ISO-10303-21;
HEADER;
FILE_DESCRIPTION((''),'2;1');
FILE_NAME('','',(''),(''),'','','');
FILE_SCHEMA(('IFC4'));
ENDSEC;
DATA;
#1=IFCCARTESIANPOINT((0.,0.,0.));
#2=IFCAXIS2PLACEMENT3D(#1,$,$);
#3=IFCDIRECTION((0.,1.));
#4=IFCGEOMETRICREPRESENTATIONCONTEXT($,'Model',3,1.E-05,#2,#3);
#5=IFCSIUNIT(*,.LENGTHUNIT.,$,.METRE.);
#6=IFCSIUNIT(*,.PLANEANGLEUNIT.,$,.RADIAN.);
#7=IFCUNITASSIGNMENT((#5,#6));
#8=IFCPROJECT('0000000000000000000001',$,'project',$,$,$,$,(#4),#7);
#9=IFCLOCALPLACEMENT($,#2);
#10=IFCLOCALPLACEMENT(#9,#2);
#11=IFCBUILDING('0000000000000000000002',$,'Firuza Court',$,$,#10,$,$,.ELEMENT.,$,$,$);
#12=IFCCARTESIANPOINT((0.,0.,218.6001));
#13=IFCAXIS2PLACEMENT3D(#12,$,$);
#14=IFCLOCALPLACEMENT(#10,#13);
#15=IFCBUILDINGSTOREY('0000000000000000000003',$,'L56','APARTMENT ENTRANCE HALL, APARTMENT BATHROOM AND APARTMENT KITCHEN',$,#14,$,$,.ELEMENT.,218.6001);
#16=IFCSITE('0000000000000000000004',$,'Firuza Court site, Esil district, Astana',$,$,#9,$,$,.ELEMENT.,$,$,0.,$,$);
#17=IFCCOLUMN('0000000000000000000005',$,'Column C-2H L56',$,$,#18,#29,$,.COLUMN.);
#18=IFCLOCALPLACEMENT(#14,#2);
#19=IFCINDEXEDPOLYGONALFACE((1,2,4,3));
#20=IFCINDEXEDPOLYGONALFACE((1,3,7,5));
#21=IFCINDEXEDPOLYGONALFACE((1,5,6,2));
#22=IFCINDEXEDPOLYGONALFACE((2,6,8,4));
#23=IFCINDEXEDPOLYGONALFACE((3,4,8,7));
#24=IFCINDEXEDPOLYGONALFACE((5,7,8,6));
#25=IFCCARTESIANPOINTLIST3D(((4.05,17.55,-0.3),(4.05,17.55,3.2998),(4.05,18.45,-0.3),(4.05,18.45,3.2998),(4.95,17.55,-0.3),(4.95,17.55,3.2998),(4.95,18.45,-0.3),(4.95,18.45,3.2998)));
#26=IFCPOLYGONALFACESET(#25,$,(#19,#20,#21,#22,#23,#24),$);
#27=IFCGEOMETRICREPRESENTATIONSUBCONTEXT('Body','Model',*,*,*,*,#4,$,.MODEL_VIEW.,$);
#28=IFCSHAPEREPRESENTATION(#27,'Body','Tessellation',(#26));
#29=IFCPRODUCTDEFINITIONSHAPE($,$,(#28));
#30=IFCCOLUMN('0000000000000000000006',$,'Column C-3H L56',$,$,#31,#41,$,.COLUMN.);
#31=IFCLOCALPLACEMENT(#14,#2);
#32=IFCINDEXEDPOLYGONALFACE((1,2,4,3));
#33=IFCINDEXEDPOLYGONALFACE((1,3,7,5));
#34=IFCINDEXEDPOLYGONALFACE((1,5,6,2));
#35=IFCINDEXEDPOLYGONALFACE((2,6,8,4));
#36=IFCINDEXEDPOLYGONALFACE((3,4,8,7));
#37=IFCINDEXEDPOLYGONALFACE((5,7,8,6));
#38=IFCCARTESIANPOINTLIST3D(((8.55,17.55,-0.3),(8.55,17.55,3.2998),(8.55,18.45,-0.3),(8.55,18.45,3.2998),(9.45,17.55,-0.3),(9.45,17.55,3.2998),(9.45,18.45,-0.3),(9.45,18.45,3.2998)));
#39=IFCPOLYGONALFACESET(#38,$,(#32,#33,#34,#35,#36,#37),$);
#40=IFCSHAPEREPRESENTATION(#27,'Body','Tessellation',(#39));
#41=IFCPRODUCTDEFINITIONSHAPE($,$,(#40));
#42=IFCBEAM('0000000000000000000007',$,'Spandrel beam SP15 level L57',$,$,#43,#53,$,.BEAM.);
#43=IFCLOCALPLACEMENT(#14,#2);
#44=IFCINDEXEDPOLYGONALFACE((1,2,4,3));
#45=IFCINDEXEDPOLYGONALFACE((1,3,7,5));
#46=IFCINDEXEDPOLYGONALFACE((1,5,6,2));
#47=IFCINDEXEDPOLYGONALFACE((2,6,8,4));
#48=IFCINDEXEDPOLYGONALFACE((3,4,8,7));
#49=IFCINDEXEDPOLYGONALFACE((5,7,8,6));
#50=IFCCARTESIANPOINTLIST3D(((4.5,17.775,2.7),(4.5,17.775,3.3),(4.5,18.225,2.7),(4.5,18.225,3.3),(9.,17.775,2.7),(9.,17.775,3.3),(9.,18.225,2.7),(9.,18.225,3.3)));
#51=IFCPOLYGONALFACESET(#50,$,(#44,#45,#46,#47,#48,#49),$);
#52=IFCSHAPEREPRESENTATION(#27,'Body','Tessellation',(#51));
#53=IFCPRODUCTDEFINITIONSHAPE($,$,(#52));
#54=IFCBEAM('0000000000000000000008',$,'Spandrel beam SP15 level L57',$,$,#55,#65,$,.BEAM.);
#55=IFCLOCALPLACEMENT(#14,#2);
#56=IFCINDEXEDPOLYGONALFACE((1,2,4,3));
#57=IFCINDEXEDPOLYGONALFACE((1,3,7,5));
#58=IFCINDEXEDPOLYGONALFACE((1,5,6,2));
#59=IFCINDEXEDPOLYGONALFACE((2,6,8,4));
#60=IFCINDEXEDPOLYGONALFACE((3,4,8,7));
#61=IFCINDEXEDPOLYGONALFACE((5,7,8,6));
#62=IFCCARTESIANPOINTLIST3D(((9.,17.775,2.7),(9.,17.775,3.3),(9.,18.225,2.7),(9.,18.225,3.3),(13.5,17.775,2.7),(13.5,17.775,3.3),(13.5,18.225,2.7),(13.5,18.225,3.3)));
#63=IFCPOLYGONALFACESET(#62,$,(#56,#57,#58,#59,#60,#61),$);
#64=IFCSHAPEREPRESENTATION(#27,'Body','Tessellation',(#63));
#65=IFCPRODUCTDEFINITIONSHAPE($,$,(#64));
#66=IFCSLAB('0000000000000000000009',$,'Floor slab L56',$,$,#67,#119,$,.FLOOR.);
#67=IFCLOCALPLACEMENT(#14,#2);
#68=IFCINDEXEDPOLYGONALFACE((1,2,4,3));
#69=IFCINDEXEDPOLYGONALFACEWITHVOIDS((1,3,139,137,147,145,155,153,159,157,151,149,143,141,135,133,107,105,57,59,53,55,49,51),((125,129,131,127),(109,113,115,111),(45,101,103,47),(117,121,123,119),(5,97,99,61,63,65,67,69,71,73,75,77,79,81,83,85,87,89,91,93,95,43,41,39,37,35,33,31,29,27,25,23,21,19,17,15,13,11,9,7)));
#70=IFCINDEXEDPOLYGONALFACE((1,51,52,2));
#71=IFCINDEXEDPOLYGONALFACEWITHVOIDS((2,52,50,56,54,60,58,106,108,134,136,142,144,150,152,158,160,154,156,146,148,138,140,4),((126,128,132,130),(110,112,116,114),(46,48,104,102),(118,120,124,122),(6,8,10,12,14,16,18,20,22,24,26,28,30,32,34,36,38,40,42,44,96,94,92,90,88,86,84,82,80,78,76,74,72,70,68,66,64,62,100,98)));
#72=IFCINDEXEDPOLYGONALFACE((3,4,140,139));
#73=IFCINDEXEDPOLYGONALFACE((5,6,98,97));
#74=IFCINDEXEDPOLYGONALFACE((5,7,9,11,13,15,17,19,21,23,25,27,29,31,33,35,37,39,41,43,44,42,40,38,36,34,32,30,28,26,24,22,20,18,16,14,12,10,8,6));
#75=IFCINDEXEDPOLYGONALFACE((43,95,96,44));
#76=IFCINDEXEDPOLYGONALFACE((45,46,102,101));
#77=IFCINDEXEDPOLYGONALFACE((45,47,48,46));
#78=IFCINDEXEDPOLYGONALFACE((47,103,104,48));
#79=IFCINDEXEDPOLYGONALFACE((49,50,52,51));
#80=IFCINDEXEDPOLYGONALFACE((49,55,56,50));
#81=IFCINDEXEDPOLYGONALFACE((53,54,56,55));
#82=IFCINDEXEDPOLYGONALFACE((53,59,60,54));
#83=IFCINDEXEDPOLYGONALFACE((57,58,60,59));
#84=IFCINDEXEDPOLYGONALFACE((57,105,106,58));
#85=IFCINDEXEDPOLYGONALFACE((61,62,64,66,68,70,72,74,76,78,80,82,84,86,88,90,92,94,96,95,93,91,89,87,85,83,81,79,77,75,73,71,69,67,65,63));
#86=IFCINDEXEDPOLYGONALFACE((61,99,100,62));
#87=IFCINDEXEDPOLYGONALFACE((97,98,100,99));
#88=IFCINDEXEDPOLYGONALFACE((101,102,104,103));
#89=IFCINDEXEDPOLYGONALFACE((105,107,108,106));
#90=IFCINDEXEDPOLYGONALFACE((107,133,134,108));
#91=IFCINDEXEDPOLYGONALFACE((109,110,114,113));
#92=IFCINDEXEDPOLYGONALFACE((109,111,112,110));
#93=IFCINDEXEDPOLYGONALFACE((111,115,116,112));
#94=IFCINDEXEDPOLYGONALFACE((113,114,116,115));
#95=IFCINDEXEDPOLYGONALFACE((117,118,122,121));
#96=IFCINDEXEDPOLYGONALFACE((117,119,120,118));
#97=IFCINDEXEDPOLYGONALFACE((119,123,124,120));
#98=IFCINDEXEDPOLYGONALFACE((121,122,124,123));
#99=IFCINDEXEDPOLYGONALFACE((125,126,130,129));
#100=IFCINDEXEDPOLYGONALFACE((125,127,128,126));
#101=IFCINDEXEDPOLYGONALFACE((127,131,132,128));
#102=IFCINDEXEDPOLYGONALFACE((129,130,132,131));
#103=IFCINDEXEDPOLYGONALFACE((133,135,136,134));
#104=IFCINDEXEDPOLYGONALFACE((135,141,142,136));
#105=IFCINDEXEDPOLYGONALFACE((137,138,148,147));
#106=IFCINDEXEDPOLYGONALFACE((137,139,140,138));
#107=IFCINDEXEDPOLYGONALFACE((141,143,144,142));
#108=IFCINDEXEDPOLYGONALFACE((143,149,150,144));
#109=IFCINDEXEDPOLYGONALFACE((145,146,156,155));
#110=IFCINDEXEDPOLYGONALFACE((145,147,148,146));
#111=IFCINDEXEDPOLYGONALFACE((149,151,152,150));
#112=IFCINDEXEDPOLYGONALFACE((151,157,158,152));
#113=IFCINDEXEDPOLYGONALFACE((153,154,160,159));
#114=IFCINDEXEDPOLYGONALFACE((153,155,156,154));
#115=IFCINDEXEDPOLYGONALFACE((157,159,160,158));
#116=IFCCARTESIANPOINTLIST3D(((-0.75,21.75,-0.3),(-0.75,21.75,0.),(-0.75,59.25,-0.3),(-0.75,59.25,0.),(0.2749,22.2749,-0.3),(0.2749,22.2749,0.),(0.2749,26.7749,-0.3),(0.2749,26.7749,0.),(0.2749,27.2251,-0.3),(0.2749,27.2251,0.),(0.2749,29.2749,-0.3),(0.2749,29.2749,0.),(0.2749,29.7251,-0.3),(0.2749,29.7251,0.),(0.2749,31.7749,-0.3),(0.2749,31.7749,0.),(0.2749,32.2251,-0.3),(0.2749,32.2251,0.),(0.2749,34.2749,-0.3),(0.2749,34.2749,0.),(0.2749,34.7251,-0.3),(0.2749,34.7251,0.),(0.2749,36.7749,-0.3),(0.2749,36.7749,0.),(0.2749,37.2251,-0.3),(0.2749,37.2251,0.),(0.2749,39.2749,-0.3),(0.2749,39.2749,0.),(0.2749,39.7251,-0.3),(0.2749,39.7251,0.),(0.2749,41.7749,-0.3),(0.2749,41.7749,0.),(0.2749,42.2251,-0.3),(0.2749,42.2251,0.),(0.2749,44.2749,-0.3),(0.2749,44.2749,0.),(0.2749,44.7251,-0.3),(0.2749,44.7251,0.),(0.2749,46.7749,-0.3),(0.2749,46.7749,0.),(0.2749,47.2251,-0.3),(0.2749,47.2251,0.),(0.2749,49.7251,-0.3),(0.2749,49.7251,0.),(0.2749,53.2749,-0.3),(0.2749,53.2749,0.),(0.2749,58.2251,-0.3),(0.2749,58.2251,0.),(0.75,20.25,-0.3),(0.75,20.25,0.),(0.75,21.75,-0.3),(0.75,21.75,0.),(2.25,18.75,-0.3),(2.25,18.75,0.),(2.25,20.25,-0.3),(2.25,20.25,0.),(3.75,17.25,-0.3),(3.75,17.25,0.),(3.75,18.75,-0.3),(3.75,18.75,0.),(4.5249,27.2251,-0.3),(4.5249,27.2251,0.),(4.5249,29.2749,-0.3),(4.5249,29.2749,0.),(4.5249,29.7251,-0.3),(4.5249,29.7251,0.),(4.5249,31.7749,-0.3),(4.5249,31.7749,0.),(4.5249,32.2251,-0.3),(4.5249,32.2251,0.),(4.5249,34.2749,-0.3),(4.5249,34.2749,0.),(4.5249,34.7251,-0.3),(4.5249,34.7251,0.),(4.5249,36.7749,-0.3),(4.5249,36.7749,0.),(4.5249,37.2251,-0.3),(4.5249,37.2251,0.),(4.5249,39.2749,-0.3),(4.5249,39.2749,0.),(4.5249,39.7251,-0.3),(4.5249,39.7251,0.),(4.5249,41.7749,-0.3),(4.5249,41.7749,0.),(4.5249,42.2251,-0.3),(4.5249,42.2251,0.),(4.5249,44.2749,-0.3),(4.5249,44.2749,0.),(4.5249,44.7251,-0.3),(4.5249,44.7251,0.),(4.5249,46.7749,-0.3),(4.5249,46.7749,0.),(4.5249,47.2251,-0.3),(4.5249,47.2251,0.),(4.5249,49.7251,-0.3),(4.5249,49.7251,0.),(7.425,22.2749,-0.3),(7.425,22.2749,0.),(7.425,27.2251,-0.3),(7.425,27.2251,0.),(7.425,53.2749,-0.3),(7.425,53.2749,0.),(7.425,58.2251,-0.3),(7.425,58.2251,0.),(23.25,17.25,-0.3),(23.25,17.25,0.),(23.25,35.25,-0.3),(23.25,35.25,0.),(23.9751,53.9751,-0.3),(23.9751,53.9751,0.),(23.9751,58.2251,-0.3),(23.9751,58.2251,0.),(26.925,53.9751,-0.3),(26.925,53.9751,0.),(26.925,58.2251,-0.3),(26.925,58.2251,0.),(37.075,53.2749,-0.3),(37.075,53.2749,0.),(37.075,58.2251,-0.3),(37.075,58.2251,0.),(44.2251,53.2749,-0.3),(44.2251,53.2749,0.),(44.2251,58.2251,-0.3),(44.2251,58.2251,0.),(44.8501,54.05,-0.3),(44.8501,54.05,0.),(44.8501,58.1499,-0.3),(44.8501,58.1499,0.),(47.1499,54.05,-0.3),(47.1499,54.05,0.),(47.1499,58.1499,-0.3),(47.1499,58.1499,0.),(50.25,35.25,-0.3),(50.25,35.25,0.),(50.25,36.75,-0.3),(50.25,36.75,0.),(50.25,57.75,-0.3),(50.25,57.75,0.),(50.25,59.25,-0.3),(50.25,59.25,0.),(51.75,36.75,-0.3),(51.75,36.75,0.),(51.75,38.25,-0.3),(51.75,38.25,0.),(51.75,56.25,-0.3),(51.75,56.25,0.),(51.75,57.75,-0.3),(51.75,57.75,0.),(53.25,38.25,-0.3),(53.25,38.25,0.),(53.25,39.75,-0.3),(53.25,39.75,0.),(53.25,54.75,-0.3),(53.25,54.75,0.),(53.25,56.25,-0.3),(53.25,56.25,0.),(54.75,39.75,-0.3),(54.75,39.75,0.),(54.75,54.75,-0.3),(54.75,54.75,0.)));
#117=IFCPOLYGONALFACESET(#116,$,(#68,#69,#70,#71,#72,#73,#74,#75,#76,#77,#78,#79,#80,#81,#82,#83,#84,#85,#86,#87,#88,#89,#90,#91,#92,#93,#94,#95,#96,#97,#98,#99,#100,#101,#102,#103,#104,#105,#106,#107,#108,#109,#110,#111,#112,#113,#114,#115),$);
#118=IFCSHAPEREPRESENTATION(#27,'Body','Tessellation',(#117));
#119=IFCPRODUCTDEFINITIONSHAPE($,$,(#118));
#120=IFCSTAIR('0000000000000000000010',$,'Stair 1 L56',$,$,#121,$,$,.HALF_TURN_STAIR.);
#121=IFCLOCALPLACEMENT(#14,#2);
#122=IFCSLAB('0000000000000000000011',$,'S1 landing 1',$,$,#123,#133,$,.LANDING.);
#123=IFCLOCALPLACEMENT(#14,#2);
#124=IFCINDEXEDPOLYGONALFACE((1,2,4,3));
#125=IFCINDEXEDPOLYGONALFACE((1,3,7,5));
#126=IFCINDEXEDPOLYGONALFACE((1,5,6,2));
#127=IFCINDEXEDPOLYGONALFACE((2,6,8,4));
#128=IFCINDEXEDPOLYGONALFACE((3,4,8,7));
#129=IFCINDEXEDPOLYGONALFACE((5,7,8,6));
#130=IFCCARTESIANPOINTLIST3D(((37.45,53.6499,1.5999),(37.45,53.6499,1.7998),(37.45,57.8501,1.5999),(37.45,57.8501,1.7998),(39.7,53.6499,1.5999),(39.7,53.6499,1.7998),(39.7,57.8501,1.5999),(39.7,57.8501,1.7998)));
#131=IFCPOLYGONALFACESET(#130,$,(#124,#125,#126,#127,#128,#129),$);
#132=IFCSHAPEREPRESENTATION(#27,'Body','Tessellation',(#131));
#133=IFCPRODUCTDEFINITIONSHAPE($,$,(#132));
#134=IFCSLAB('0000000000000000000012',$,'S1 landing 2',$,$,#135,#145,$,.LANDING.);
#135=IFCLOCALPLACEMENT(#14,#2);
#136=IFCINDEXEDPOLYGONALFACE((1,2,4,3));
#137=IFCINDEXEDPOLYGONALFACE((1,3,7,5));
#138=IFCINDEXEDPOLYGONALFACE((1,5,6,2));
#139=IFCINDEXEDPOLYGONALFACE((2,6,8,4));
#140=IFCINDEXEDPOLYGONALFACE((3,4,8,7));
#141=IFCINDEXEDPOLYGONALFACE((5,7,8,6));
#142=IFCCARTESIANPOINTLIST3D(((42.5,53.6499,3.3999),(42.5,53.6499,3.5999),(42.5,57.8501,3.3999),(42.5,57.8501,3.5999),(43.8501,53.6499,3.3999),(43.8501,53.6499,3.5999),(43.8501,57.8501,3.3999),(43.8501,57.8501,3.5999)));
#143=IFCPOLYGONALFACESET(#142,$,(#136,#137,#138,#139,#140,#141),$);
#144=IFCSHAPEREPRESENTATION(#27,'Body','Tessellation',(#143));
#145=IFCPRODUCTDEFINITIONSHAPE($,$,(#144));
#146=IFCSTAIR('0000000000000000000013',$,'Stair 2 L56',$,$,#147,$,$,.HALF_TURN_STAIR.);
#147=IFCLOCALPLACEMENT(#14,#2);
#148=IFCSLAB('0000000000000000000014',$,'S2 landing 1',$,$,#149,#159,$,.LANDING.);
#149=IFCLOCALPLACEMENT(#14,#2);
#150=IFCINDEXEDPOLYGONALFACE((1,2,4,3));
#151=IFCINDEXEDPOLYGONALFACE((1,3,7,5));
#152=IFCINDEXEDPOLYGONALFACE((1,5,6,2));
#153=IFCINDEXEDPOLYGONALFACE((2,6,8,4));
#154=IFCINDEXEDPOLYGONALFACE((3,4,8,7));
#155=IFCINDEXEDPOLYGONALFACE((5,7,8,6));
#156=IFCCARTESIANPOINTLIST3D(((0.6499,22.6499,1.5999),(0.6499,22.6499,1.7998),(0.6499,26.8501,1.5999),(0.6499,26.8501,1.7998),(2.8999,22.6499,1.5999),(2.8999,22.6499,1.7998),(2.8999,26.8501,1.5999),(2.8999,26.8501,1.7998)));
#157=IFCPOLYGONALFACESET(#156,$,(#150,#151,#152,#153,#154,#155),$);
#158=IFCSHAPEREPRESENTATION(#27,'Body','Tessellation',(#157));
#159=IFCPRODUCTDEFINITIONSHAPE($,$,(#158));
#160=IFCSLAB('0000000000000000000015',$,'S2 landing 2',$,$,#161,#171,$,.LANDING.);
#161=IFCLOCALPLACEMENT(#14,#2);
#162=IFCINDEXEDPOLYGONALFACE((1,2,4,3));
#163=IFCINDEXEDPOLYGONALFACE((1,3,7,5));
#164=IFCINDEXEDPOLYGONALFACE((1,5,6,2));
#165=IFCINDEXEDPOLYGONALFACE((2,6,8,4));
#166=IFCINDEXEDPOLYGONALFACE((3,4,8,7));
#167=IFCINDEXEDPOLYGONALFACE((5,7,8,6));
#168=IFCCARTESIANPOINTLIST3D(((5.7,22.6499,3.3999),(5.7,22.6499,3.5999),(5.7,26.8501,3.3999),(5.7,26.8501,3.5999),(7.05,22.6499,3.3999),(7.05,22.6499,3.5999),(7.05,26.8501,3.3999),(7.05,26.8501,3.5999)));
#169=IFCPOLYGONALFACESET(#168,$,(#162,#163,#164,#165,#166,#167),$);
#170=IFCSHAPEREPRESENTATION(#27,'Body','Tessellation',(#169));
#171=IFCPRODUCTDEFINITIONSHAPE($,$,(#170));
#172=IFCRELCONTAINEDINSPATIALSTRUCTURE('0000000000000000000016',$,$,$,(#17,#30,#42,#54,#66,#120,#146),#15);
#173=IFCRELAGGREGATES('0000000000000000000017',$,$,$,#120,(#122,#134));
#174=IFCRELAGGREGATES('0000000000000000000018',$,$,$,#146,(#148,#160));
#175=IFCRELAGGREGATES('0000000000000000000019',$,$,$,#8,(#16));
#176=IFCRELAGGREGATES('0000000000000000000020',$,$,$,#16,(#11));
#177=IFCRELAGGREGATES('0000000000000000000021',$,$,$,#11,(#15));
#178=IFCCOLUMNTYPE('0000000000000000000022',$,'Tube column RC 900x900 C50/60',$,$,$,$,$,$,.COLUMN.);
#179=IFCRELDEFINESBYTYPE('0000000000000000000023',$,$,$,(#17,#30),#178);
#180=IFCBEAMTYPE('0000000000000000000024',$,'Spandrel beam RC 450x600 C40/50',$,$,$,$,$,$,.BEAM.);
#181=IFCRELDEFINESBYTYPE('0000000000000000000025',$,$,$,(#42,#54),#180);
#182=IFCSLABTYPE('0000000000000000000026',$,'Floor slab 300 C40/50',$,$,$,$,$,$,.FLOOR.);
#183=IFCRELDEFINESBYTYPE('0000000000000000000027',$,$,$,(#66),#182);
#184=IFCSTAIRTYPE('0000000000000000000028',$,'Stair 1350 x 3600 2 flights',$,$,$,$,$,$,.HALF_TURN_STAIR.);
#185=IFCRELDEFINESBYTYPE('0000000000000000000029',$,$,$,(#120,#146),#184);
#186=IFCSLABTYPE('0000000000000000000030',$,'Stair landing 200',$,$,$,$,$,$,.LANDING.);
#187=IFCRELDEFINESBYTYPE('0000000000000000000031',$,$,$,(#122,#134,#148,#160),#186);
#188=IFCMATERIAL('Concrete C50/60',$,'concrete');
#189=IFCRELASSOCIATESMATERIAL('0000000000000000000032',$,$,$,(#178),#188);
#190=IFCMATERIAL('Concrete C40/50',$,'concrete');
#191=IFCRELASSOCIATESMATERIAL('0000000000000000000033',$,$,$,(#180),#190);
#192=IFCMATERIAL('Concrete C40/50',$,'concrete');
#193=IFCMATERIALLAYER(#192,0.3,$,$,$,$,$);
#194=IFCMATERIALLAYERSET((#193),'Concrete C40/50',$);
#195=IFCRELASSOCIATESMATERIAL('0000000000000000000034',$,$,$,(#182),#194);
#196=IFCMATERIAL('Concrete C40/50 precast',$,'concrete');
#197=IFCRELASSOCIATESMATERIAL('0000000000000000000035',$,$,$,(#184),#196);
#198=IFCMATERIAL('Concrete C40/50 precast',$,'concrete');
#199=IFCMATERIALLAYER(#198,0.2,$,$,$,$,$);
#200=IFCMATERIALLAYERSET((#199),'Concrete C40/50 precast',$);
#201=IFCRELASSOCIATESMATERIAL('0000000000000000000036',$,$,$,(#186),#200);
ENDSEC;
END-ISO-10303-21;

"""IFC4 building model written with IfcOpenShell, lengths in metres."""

from ifc_helpers import new_model, si_unit, direction, frame, origin, origin_2d, place, context, subcontext, project, spatial, polyline, rectangle, outline, extrude, material, layer, layer_set, material_profile, profile_set, type_object, element, aggregate, save


model = new_model("IFC4")

# Units and contexts
model_context = context("Model", 3, precision=1e-05, world=origin(), true_north=direction((0.0, 1.0)))
body_context = subcontext(model_context, "Body", "Model", "MODEL_VIEW")
ifc_project = project(units=[si_unit("LENGTHUNIT", "METRE"), si_unit("PLANEANGLEUNIT", "RADIAN")], contexts=[model_context])

# Site, building, storey
site_placement = place(None, origin())
site = spatial("IfcSite", under=ifc_project, at=site_placement, Name="Firuza Court site, Esil district, Astana", CompositionType="ELEMENT", RefElevation=0.0)
building_placement = place(site_placement, origin())
building = spatial("IfcBuilding", under=site, at=building_placement, Name="Firuza Court", CompositionType="ELEMENT")
storey_placement = place(building_placement, frame((0.0, 0.0, 218.6001)))
storey = spatial("IfcBuildingStorey", under=building, at=storey_placement, Name="L56", Description="APARTMENT ENTRANCE HALL, APARTMENT BATHROOM AND APARTMENT KITCHEN", CompositionType="ELEMENT", Elevation=218.6001)

# Columns
ifc_material_1 = material(Name="Concrete C50/60", Category="concrete")
ifc_material_profile_1 = material_profile(ifc_material_1, rectangle(XDim=0.8999, YDim=0.8999, at=origin_2d()), Name="RC 900x900")
ifc_profile_set_1 = profile_set([ifc_material_profile_1], Name="Concrete C50/60")
column_type = type_object("IfcColumnType", Name="Tube column RC 900x900 C50/60", PredefinedType="COLUMN", material=ifc_profile_set_1)
for number, where, z_axis, x_axis, name in (
    (1, (4.5, 18.0, -0.3), (0.0, 0.0, 1.0), (1.0, 0.0, 0.0), "Column C-2H L56"),
    (2, (9.0, 18.0, -0.3), (0.0, 0.0, 1.0), (1.0, 0.0, 0.0), "Column C-3H L56"),
):
    element("IfcColumn", number, at=place(storey_placement, frame(where, z_axis=z_axis, x_axis=x_axis)), inside=storey, type_object=column_type, Name=name, PredefinedType="COLUMN", context=body_context, shape_type="SweptSolid", body=[
        extrude(rectangle(XDim=0.8999, YDim=0.8999, at=origin_2d()), origin(), (0.0, 0.0, 1.0), 3.5999),
    ])

# Beams
ifc_material_2 = material(Name="Concrete C40/50", Category="concrete")
ifc_material_profile_2 = material_profile(ifc_material_2, rectangle(XDim=0.45, YDim=0.6001, at=origin_2d()), Name="RC 450x600")
ifc_profile_set_2 = profile_set([ifc_material_profile_2], Name="Concrete C40/50")
beam_type = type_object("IfcBeamType", Name="Spandrel beam RC 450x600 C40/50", PredefinedType="BEAM", material=ifc_profile_set_2)
for number, where, z_axis, x_axis, name in (
    (3, (4.5, 18.0, 3.0), (1.0, 0.0, 0.0), (0.0, 1.0, 0.0), "Spandrel beam SP15 level L57"),
    (4, (9.0, 18.0, 3.0), (1.0, 0.0, 0.0), (0.0, 1.0, 0.0), "Spandrel beam SP15 level L57"),
):
    element("IfcBeam", number, at=place(storey_placement, frame(where, z_axis=z_axis, x_axis=x_axis)), inside=storey, type_object=beam_type, Name=name, PredefinedType="BEAM", context=body_context, shape_type="SweptSolid", body=[
        extrude(rectangle(XDim=0.45, YDim=0.6001, at=origin_2d()), origin(), (0.0, 0.0, 1.0), 4.5),
    ])

# Slab
ifc_material_3 = material(Name="Concrete C40/50", Category="concrete")
ifc_layer_1 = layer(ifc_material_3, 0.3)
ifc_layer_set_1 = layer_set([ifc_layer_1], Name="Concrete C40/50")
slab_type_1 = type_object("IfcSlabType", Name="Floor slab 300 C40/50", PredefinedType="FLOOR", material=ifc_layer_set_1)
slab_1_placement = place(storey_placement, frame((0.0, 0.0, -0.3)))
element("IfcSlab", 5, at=slab_1_placement, inside=storey, type_object=slab_type_1, Name="Floor slab L56", PredefinedType="FLOOR", context=body_context, shape_type="SweptSolid", body=[
    extrude(outline(polyline([(-0.75, 59.25), (50.25, 59.25), (50.25, 57.75), (51.75, 57.75), (51.75, 56.25), (53.25, 56.25), (53.25, 54.75), (54.75, 54.75), (54.75, 39.75), (53.25, 39.75), (53.25, 38.25), (51.75, 38.25), (51.75, 36.75), (50.25, 36.75), (50.25, 35.25), (23.25, 35.25), (23.25, 17.25), (3.75, 17.25), (3.75, 18.75), (2.25, 18.75), (2.25, 20.25), (0.75, 20.25), (0.75, 21.75), (-0.75, 21.75), (-0.75, 59.25)]), holes=[polyline([(0.2749, 34.2749), (0.2749, 32.2251), (0.2749, 31.7749), (0.2749, 29.7251), (0.2749, 29.2749), (0.2749, 27.2251), (0.2749, 26.7749), (0.2749, 22.2749), (7.425, 22.2749), (7.425, 27.2251), (4.5249, 27.2251), (4.5249, 29.2749), (4.5249, 29.7251), (4.5249, 31.7749), (4.5249, 32.2251), (4.5249, 34.2749), (4.5249, 34.7251), (4.5249, 36.7749), (4.5249, 37.2251), (4.5249, 39.2749), (4.5249, 39.7251), (4.5249, 41.7749), (4.5249, 42.2251), (4.5249, 44.2749), (4.5249, 44.7251), (4.5249, 46.7749), (4.5249, 47.2251), (4.5249, 49.7251), (0.2749, 49.7251), (0.2749, 47.2251), (0.2749, 46.7749), (0.2749, 44.7251), (0.2749, 44.2749), (0.2749, 42.2251), (0.2749, 41.7749), (0.2749, 39.7251), (0.2749, 39.2749), (0.2749, 37.2251), (0.2749, 36.7749), (0.2749, 34.7251), (0.2749, 34.2749)]), polyline([(7.425, 58.2251), (0.2749, 58.2251), (0.2749, 53.2749), (7.425, 53.2749), (7.425, 58.2251)]), polyline([(44.2251, 58.2251), (37.075, 58.2251), (37.075, 53.2749), (44.2251, 53.2749), (44.2251, 58.2251)]), polyline([(26.925, 58.2251), (23.9751, 58.2251), (23.9751, 53.9751), (26.925, 53.9751), (26.925, 58.2251)]), polyline([(47.1499, 58.1499), (44.8501, 58.1499), (44.8501, 54.05), (47.1499, 54.05), (47.1499, 58.1499)])]), origin(), (0.0, 0.0, 1.0), 0.3),
])

# Stairs, slabs
ifc_material_4 = material(Name="Concrete C40/50 precast", Category="concrete")
stair_type = type_object("IfcStairType", Name="Stair 1350 x 3600 2 flights", PredefinedType="HALF_TURN_STAIR", material=ifc_material_4)
stair_1_placement = place(storey_placement, origin())
stair_1 = element("IfcStair", 6, at=stair_1_placement, inside=storey, type_object=stair_type, Name="Stair 1 L56", PredefinedType="HALF_TURN_STAIR")
ifc_material_5 = material(Name="Concrete C40/50 precast", Category="concrete")
ifc_layer_2 = layer(ifc_material_5, 0.2)
ifc_layer_set_2 = layer_set([ifc_layer_2], Name="Concrete C40/50 precast")
slab_type_2 = type_object("IfcSlabType", Name="Stair landing 200", PredefinedType="LANDING", material=ifc_layer_set_2)
slab_2_placement = place(storey_placement, frame((0.0, 0.0, 1.5999)))
slab_2 = element("IfcSlab", 7, at=slab_2_placement, type_object=slab_type_2, Name="S1 landing 1", PredefinedType="LANDING", context=body_context, shape_type="SweptSolid", body=[
    extrude(outline(polyline([(39.7, 53.6499), (39.7, 57.8501), (37.45, 57.8501), (37.45, 53.6499), (39.7, 53.6499)])), origin(), (0.0, 0.0, 1.0), 0.2),
])
slab_3_placement = place(storey_placement, frame((0.0, 0.0, 3.3999)))
slab_3 = element("IfcSlab", 8, at=slab_3_placement, type_object=slab_type_2, Name="S1 landing 2", PredefinedType="LANDING", context=body_context, shape_type="SweptSolid", body=[
    extrude(outline(polyline([(43.8501, 53.6499), (43.8501, 57.8501), (42.5, 57.8501), (42.5, 53.6499), (43.8501, 53.6499)])), origin(), (0.0, 0.0, 1.0), 0.2),
])
aggregate(stair_1, [slab_2, slab_3])
stair_2_placement = place(storey_placement, origin())
stair_2 = element("IfcStair", 9, at=stair_2_placement, inside=storey, type_object=stair_type, Name="Stair 2 L56", PredefinedType="HALF_TURN_STAIR")
slab_4_placement = place(storey_placement, frame((0.0, 0.0, 1.5999)))
slab_4 = element("IfcSlab", 10, at=slab_4_placement, type_object=slab_type_2, Name="S2 landing 1", PredefinedType="LANDING", context=body_context, shape_type="SweptSolid", body=[
    extrude(outline(polyline([(2.8999, 22.6499), (2.8999, 26.8501), (0.6499, 26.8501), (0.6499, 22.6499), (2.8999, 22.6499)])), origin(), (0.0, 0.0, 1.0), 0.2),
])
slab_5_placement = place(storey_placement, frame((0.0, 0.0, 3.3999)))
slab_5 = element("IfcSlab", 11, at=slab_5_placement, type_object=slab_type_2, Name="S2 landing 2", PredefinedType="LANDING", context=body_context, shape_type="SweptSolid", body=[
    extrude(outline(polyline([(7.05, 22.6499), (7.05, 26.8501), (5.7, 26.8501), (5.7, 22.6499), (7.05, 22.6499)])), origin(), (0.0, 0.0, 1.0), 0.2),
])
aggregate(stair_2, [slab_4, slab_5])

save(model, "model.ifc")
